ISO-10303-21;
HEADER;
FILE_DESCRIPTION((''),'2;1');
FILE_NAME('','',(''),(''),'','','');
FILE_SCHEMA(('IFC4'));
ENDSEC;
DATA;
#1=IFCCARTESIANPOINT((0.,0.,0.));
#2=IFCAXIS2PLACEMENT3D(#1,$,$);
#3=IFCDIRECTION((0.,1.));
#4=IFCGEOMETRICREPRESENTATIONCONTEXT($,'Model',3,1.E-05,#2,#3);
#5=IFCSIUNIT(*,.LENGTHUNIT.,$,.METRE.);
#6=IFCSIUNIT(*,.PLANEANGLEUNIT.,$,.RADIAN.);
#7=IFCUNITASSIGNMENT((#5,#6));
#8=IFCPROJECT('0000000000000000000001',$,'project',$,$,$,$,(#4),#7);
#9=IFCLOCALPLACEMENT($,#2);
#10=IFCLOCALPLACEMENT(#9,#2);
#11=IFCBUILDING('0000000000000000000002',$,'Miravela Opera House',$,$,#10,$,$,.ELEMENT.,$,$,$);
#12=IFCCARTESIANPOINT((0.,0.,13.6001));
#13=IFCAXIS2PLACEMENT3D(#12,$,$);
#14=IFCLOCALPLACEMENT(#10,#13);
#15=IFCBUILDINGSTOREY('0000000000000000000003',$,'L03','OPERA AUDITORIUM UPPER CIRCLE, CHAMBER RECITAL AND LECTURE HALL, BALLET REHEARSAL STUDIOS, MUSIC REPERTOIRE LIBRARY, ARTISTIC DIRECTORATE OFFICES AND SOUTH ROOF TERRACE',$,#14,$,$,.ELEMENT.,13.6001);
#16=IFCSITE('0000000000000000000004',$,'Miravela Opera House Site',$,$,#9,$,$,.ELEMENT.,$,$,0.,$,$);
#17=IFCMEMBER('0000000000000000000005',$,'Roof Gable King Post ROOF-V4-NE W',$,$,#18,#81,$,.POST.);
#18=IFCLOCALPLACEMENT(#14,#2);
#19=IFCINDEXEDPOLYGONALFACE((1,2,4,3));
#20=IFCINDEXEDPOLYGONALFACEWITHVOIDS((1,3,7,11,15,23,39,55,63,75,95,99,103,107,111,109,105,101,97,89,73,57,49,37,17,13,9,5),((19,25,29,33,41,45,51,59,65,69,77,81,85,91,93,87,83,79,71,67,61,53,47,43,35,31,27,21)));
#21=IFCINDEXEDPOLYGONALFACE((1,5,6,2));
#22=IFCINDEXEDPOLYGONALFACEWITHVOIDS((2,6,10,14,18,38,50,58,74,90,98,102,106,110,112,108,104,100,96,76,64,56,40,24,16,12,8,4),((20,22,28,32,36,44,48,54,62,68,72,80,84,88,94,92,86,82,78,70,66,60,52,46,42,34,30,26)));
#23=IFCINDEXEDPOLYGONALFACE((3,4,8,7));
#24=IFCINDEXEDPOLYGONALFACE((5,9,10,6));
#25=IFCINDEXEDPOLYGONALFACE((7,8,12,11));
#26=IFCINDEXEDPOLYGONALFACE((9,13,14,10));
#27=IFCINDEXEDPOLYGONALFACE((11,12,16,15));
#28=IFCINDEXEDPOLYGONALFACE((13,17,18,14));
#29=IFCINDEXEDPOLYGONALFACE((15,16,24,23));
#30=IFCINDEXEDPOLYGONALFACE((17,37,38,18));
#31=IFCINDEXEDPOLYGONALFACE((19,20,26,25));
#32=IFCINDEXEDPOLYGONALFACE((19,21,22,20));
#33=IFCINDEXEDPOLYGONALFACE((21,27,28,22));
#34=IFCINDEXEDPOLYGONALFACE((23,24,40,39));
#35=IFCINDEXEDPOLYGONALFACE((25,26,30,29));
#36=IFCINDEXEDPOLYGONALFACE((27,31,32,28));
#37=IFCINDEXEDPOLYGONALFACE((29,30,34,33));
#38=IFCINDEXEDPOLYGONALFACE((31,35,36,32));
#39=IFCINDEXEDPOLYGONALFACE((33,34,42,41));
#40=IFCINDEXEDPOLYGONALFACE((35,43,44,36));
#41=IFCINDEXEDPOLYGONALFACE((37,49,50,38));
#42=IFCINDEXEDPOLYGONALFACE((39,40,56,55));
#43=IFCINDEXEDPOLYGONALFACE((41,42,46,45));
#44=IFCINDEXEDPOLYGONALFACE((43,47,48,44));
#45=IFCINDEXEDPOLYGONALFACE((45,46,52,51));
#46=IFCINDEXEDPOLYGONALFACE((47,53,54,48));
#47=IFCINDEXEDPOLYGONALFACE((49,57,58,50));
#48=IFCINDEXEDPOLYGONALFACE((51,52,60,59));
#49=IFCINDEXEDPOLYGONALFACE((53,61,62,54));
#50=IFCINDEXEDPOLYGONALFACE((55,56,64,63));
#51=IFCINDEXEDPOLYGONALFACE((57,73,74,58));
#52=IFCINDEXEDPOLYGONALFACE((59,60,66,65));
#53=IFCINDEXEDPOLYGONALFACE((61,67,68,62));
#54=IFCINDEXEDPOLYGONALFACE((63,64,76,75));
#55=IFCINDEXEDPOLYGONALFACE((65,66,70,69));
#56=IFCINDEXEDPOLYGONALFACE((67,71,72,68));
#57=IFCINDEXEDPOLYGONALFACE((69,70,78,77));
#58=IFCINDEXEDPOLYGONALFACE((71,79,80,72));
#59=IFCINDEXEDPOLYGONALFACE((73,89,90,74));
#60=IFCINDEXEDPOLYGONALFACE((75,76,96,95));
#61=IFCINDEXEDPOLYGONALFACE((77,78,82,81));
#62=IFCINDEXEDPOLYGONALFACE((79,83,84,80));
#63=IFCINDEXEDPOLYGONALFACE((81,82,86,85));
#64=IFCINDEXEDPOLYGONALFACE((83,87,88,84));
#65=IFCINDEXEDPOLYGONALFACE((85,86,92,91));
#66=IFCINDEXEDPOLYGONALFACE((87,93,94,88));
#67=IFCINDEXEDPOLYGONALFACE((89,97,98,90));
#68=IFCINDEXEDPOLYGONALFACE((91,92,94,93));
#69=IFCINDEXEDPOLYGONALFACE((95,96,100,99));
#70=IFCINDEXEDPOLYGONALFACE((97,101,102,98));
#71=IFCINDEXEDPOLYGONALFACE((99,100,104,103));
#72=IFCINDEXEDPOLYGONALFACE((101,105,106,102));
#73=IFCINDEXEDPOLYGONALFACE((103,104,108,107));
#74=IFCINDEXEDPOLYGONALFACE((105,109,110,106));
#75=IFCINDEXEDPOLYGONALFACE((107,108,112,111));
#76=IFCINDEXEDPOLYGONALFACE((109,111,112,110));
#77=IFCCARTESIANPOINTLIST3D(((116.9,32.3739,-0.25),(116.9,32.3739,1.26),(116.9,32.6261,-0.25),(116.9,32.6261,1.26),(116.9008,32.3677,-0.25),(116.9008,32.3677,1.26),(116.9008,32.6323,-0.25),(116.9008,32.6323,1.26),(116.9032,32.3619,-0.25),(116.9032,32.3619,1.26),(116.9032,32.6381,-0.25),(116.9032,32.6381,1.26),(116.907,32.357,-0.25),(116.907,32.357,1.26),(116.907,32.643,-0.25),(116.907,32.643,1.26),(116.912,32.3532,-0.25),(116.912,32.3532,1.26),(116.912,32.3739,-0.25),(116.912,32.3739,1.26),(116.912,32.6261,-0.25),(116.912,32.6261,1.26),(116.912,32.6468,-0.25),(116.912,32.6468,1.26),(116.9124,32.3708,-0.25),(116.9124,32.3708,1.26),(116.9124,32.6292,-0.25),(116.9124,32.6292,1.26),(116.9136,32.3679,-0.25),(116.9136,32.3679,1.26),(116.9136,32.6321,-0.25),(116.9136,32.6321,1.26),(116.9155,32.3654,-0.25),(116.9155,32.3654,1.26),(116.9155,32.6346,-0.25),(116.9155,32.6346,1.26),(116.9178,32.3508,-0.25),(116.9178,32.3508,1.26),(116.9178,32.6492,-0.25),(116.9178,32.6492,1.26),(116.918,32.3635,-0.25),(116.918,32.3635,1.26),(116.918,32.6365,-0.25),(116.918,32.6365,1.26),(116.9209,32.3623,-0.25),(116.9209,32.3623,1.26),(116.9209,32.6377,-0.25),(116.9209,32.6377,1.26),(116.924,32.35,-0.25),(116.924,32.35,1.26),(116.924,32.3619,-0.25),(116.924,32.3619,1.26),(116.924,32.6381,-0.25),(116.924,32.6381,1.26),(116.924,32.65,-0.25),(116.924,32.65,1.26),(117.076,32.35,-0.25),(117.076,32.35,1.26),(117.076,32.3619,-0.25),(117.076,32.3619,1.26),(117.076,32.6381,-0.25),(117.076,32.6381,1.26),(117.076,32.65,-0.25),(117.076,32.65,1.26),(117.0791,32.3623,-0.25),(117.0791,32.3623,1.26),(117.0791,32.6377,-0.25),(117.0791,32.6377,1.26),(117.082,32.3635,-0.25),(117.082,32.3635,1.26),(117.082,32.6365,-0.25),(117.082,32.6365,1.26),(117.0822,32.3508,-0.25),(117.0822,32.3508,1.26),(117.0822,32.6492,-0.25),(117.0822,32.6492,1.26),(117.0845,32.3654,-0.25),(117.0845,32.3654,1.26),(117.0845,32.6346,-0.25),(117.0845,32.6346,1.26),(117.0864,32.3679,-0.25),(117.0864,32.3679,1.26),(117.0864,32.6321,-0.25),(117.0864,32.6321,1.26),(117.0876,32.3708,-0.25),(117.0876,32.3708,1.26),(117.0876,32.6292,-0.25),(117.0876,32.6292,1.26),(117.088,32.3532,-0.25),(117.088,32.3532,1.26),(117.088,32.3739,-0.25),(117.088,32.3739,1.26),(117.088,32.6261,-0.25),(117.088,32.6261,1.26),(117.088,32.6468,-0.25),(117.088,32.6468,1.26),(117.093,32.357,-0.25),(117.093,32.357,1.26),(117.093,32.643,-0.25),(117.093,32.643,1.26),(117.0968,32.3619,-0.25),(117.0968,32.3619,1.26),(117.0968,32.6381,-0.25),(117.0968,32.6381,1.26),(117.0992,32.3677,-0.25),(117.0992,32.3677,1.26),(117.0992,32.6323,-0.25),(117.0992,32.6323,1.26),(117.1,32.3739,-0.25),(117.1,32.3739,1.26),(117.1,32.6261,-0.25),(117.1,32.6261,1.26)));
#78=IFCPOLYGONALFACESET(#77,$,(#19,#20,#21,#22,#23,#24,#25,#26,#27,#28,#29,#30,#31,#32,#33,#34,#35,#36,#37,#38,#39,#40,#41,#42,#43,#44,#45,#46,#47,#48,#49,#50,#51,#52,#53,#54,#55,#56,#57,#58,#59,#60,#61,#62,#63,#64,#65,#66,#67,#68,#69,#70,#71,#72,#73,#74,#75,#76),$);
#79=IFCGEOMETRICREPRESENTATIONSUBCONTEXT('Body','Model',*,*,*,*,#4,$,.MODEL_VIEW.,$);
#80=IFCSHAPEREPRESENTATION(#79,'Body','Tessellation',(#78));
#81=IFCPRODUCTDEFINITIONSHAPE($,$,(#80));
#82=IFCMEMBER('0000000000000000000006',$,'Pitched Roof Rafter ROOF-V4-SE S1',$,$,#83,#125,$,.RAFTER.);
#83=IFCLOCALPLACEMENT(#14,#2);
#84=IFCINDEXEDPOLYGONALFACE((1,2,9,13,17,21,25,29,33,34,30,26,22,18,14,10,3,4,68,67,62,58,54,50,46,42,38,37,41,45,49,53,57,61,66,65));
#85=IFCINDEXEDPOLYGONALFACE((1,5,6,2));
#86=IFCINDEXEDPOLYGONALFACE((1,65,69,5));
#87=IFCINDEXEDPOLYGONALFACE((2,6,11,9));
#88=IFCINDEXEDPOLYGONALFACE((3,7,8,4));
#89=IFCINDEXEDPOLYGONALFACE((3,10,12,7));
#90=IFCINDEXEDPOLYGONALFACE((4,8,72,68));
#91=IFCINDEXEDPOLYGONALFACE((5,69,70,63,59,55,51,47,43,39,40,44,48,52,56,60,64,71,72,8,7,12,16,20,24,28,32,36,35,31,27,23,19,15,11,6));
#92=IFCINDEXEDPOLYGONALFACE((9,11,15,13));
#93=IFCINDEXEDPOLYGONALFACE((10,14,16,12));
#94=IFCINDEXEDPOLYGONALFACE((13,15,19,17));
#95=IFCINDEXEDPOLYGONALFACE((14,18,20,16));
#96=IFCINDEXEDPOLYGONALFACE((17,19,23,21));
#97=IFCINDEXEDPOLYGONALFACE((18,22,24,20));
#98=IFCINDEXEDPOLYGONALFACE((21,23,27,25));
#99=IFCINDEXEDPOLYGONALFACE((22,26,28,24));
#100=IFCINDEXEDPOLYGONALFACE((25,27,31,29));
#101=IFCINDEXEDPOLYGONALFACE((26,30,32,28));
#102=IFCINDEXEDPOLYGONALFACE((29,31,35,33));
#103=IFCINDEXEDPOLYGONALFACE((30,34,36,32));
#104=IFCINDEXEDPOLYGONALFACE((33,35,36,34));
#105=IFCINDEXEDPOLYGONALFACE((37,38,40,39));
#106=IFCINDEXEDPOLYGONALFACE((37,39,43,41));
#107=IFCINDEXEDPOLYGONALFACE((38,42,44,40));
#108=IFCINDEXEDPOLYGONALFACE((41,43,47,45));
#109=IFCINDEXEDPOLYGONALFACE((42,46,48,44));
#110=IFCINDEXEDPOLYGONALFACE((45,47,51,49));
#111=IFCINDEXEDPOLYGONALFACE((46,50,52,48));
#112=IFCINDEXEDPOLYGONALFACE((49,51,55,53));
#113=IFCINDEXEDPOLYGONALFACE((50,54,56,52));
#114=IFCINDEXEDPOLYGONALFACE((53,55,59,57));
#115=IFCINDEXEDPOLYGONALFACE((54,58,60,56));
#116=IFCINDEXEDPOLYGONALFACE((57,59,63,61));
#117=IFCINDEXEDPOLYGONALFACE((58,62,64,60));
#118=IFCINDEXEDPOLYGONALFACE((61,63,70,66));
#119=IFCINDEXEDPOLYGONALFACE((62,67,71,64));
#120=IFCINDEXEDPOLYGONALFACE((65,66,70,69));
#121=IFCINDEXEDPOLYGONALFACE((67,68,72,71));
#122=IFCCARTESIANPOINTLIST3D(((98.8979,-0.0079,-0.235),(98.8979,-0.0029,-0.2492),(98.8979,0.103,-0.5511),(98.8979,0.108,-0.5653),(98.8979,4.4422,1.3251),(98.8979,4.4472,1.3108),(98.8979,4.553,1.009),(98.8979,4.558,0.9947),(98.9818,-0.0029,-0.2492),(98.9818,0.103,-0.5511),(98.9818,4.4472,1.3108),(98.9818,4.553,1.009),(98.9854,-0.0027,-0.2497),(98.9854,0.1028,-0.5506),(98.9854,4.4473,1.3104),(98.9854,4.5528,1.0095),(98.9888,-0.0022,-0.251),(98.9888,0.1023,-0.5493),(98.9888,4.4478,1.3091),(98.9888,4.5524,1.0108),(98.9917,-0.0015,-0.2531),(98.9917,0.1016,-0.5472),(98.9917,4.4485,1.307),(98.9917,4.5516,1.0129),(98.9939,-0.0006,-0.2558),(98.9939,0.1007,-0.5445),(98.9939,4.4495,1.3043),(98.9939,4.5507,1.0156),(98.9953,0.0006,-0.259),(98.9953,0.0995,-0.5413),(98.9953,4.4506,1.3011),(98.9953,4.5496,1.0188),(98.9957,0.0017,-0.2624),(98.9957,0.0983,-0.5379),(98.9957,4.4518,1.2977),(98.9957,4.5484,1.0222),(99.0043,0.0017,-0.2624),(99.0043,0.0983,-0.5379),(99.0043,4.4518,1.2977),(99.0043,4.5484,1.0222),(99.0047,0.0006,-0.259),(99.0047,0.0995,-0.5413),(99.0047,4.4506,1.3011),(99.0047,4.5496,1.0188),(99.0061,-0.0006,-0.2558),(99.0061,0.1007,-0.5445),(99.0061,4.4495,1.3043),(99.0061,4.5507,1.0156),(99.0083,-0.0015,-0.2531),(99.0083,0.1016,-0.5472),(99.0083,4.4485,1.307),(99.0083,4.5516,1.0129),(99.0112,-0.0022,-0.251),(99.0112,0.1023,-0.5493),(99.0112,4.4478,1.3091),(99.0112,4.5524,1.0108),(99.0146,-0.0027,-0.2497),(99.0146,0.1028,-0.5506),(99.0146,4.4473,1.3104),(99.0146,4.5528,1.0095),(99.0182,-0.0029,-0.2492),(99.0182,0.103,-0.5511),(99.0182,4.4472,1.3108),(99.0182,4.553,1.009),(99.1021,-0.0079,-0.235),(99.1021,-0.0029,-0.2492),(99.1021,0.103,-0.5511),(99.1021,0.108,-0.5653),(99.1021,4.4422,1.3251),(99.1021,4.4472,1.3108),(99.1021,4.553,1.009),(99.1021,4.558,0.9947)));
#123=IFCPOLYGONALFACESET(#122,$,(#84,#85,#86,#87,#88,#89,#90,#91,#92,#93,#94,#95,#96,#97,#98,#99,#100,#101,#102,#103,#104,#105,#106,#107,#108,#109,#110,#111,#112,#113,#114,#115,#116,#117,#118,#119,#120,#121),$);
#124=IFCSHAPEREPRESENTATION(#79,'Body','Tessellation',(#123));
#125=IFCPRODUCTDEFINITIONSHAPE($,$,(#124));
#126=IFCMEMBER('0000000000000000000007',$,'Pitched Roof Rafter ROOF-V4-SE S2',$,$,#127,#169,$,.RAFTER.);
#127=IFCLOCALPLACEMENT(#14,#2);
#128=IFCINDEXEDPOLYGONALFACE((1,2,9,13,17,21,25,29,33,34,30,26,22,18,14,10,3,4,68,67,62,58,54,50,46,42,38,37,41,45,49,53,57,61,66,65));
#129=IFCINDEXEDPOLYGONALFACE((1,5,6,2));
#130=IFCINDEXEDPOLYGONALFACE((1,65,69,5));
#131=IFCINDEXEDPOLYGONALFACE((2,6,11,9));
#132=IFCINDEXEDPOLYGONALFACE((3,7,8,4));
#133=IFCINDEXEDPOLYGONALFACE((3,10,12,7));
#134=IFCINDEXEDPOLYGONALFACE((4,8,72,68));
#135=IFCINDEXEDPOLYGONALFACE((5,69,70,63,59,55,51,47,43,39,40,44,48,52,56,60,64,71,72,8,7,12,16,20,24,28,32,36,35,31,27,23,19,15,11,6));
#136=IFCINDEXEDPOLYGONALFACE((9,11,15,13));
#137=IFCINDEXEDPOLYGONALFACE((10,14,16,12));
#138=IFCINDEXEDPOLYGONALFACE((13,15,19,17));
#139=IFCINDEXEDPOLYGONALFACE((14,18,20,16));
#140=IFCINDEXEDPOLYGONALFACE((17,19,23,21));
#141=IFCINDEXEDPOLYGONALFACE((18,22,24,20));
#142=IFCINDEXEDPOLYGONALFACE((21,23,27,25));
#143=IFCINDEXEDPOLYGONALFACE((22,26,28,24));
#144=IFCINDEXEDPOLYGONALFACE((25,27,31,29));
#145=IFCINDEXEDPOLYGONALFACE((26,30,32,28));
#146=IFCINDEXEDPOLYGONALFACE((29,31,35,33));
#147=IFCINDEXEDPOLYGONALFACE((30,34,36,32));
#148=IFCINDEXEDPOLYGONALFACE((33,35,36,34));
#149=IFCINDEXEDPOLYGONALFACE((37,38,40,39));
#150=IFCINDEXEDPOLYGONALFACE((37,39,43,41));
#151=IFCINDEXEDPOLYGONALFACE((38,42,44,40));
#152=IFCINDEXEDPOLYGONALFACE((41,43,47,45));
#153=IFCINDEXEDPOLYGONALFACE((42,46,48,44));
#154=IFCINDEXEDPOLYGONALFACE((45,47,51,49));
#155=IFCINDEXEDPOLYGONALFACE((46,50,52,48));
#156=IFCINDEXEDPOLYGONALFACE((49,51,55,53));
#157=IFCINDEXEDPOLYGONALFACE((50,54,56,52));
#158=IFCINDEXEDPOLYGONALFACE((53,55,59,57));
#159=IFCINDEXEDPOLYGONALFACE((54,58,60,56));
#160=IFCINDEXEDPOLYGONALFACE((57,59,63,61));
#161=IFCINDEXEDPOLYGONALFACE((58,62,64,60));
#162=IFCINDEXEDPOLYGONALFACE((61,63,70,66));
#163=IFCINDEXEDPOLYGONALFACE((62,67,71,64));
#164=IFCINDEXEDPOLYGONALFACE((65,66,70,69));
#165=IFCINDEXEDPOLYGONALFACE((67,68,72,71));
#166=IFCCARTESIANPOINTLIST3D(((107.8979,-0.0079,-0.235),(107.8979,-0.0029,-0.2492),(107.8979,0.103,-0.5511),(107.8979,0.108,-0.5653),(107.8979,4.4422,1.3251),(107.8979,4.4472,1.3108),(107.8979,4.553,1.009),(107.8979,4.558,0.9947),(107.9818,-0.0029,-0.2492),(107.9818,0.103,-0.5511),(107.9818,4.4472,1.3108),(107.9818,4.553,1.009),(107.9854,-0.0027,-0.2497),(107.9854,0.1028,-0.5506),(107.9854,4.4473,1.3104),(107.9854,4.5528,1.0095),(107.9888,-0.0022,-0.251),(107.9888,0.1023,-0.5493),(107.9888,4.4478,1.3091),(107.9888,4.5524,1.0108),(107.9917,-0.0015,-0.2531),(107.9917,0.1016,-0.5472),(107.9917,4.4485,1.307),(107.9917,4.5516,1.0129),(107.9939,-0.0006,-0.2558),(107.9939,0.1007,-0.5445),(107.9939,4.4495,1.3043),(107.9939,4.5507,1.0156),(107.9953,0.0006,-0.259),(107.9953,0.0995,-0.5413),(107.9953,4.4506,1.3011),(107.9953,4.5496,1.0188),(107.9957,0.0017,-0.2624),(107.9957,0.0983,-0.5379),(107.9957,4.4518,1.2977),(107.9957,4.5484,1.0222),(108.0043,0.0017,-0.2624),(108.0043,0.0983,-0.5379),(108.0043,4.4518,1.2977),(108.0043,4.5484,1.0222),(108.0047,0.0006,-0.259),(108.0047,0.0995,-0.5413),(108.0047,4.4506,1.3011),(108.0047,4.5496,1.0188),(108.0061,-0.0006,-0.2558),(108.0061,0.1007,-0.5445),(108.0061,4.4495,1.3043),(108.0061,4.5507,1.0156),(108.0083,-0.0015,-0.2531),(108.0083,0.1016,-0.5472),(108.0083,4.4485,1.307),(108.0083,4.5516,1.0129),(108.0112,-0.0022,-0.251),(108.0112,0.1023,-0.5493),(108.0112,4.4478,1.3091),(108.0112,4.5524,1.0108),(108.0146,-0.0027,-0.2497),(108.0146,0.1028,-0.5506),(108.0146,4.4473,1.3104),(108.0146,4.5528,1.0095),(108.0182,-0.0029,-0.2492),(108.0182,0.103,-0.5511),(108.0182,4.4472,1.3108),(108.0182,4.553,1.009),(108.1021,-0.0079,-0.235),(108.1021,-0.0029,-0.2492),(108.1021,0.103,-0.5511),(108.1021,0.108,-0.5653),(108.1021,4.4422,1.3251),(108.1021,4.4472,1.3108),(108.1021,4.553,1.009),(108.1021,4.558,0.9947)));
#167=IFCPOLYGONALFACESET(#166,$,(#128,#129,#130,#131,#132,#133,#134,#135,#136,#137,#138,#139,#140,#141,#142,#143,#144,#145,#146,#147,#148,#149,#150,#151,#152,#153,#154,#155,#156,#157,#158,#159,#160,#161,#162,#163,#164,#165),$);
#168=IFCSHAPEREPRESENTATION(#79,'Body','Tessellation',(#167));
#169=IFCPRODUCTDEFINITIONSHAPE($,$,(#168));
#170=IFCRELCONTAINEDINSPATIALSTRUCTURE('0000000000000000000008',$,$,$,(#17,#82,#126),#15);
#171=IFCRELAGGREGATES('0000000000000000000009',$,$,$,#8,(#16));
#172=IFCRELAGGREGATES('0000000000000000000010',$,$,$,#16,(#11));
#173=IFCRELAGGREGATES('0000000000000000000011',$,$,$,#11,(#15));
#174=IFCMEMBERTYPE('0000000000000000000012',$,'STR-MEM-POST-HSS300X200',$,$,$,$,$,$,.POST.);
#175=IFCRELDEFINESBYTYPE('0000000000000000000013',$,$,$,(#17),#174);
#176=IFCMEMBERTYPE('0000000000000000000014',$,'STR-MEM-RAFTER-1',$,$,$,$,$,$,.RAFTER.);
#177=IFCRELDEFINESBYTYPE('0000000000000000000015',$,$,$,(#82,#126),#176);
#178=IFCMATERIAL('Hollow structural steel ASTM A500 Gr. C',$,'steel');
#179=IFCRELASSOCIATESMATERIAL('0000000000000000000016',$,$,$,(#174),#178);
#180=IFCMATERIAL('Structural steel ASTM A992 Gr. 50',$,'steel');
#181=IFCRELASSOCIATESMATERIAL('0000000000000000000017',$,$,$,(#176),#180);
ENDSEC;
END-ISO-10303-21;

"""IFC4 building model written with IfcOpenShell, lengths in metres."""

from ifc_helpers import new_model, si_unit, direction, frame, origin, origin_2d, place, context, subcontext, project, spatial, hollow_rectangle, i_section, extrude, material, material_profile, profile_set, type_object, element, save


model = new_model("IFC4")

# Units and contexts
model_context = context("Model", 3, precision=1e-05, world=origin(), true_north=direction((0.0, 1.0)))
body_context = subcontext(model_context, "Body", "Model", "MODEL_VIEW")
ifc_project = project(units=[si_unit("LENGTHUNIT", "METRE"), si_unit("PLANEANGLEUNIT", "RADIAN")], contexts=[model_context])

# Site, building, storey
site_placement = place(None, origin())
site = spatial("IfcSite", under=ifc_project, at=site_placement, Name="Miravela Opera House Site", CompositionType="ELEMENT", RefElevation=0.0)
building_placement = place(site_placement, origin())
building = spatial("IfcBuilding", under=site, at=building_placement, Name="Miravela Opera House", CompositionType="ELEMENT")
storey_placement = place(building_placement, frame((0.0, 0.0, 13.6001)))
storey = spatial("IfcBuildingStorey", under=building, at=storey_placement, Name="L03", Description="OPERA AUDITORIUM UPPER CIRCLE, CHAMBER RECITAL AND LECTURE HALL, BALLET REHEARSAL STUDIOS, MUSIC REPERTOIRE LIBRARY, ARTISTIC DIRECTORATE OFFICES AND SOUTH ROOF TERRACE", CompositionType="ELEMENT", Elevation=13.6001)

# Shared definitions
ifc_material_1 = material(Name="Structural steel ASTM A992 Gr. 50", Category="steel")

# Members
ifc_material_2 = material(Name="Hollow structural steel ASTM A500 Gr. C", Category="steel")
ifc_material_profile_1 = material_profile(ifc_material_2, hollow_rectangle(XDim=0.2, YDim=0.3, WallThickness=0.012, InnerFilletRadius=0.012, OuterFilletRadius=0.0239, at=origin_2d()), Name="HSS300X200X12")
ifc_profile_set_1 = profile_set([ifc_material_profile_1])
member_type_1 = type_object("IfcMemberType", Name="STR-MEM-POST-HSS300X200", PredefinedType="POST", material=ifc_profile_set_1)
for number, where, z_axis, x_axis, name in (
    (1, (117.0, 32.5, -0.25), (0.0, 0.0, 1.0), (1.0, 0.0, 0.0), "Roof Gable King Post ROOF-V4-NE W"),
):
    element("IfcMember", number, at=place(storey_placement, frame(where, z_axis=z_axis, x_axis=x_axis)), inside=storey, type_object=member_type_1, Name=name, PredefinedType="POST", context=body_context, shape_type="SweptSolid", body=[
        extrude(hollow_rectangle(XDim=0.2, YDim=0.3, WallThickness=0.012, InnerFilletRadius=0.012, OuterFilletRadius=0.0239, at=origin_2d()), origin(), (0.0, 0.0, 1.0), 1.51),
    ])
ifc_material_profile_2 = material_profile(ifc_material_1, i_section(OverallWidth=0.2041, OverallDepth=0.3501, WebThickness=0.0085, FlangeThickness=0.0151, FilletRadius=0.0139, at=origin_2d()), Name="W360X72")
ifc_profile_set_2 = profile_set([ifc_material_profile_2])
member_type_2 = type_object("IfcMemberType", Name="STR-MEM-RAFTER-1", PredefinedType="RAFTER", material=ifc_profile_set_2)
for number, where, z_axis, x_axis, name in (
    (2, (99.0, 0.05, -0.4001), (0.0, 0.943688, 0.330837), (-1.0, 0.0, 0.0), "Pitched Roof Rafter ROOF-V4-SE S1"),
    (3, (108.0, 0.05, -0.4001), (0.0, 0.943688, 0.330837), (-1.0, 0.0, 0.0), "Pitched Roof Rafter ROOF-V4-SE S2"),
):
    element("IfcMember", number, at=place(storey_placement, frame(where, z_axis=z_axis, x_axis=x_axis)), inside=storey, type_object=member_type_2, Name=name, PredefinedType="RAFTER", context=body_context, shape_type="SweptSolid", body=[
        extrude(i_section(OverallWidth=0.2041, OverallDepth=0.3501, WebThickness=0.0085, FlangeThickness=0.0151, FilletRadius=0.0139, at=origin_2d()), origin(), (0.0, 0.0, 1.0), 4.7156),
    ])

save(model, "model.ifc")
